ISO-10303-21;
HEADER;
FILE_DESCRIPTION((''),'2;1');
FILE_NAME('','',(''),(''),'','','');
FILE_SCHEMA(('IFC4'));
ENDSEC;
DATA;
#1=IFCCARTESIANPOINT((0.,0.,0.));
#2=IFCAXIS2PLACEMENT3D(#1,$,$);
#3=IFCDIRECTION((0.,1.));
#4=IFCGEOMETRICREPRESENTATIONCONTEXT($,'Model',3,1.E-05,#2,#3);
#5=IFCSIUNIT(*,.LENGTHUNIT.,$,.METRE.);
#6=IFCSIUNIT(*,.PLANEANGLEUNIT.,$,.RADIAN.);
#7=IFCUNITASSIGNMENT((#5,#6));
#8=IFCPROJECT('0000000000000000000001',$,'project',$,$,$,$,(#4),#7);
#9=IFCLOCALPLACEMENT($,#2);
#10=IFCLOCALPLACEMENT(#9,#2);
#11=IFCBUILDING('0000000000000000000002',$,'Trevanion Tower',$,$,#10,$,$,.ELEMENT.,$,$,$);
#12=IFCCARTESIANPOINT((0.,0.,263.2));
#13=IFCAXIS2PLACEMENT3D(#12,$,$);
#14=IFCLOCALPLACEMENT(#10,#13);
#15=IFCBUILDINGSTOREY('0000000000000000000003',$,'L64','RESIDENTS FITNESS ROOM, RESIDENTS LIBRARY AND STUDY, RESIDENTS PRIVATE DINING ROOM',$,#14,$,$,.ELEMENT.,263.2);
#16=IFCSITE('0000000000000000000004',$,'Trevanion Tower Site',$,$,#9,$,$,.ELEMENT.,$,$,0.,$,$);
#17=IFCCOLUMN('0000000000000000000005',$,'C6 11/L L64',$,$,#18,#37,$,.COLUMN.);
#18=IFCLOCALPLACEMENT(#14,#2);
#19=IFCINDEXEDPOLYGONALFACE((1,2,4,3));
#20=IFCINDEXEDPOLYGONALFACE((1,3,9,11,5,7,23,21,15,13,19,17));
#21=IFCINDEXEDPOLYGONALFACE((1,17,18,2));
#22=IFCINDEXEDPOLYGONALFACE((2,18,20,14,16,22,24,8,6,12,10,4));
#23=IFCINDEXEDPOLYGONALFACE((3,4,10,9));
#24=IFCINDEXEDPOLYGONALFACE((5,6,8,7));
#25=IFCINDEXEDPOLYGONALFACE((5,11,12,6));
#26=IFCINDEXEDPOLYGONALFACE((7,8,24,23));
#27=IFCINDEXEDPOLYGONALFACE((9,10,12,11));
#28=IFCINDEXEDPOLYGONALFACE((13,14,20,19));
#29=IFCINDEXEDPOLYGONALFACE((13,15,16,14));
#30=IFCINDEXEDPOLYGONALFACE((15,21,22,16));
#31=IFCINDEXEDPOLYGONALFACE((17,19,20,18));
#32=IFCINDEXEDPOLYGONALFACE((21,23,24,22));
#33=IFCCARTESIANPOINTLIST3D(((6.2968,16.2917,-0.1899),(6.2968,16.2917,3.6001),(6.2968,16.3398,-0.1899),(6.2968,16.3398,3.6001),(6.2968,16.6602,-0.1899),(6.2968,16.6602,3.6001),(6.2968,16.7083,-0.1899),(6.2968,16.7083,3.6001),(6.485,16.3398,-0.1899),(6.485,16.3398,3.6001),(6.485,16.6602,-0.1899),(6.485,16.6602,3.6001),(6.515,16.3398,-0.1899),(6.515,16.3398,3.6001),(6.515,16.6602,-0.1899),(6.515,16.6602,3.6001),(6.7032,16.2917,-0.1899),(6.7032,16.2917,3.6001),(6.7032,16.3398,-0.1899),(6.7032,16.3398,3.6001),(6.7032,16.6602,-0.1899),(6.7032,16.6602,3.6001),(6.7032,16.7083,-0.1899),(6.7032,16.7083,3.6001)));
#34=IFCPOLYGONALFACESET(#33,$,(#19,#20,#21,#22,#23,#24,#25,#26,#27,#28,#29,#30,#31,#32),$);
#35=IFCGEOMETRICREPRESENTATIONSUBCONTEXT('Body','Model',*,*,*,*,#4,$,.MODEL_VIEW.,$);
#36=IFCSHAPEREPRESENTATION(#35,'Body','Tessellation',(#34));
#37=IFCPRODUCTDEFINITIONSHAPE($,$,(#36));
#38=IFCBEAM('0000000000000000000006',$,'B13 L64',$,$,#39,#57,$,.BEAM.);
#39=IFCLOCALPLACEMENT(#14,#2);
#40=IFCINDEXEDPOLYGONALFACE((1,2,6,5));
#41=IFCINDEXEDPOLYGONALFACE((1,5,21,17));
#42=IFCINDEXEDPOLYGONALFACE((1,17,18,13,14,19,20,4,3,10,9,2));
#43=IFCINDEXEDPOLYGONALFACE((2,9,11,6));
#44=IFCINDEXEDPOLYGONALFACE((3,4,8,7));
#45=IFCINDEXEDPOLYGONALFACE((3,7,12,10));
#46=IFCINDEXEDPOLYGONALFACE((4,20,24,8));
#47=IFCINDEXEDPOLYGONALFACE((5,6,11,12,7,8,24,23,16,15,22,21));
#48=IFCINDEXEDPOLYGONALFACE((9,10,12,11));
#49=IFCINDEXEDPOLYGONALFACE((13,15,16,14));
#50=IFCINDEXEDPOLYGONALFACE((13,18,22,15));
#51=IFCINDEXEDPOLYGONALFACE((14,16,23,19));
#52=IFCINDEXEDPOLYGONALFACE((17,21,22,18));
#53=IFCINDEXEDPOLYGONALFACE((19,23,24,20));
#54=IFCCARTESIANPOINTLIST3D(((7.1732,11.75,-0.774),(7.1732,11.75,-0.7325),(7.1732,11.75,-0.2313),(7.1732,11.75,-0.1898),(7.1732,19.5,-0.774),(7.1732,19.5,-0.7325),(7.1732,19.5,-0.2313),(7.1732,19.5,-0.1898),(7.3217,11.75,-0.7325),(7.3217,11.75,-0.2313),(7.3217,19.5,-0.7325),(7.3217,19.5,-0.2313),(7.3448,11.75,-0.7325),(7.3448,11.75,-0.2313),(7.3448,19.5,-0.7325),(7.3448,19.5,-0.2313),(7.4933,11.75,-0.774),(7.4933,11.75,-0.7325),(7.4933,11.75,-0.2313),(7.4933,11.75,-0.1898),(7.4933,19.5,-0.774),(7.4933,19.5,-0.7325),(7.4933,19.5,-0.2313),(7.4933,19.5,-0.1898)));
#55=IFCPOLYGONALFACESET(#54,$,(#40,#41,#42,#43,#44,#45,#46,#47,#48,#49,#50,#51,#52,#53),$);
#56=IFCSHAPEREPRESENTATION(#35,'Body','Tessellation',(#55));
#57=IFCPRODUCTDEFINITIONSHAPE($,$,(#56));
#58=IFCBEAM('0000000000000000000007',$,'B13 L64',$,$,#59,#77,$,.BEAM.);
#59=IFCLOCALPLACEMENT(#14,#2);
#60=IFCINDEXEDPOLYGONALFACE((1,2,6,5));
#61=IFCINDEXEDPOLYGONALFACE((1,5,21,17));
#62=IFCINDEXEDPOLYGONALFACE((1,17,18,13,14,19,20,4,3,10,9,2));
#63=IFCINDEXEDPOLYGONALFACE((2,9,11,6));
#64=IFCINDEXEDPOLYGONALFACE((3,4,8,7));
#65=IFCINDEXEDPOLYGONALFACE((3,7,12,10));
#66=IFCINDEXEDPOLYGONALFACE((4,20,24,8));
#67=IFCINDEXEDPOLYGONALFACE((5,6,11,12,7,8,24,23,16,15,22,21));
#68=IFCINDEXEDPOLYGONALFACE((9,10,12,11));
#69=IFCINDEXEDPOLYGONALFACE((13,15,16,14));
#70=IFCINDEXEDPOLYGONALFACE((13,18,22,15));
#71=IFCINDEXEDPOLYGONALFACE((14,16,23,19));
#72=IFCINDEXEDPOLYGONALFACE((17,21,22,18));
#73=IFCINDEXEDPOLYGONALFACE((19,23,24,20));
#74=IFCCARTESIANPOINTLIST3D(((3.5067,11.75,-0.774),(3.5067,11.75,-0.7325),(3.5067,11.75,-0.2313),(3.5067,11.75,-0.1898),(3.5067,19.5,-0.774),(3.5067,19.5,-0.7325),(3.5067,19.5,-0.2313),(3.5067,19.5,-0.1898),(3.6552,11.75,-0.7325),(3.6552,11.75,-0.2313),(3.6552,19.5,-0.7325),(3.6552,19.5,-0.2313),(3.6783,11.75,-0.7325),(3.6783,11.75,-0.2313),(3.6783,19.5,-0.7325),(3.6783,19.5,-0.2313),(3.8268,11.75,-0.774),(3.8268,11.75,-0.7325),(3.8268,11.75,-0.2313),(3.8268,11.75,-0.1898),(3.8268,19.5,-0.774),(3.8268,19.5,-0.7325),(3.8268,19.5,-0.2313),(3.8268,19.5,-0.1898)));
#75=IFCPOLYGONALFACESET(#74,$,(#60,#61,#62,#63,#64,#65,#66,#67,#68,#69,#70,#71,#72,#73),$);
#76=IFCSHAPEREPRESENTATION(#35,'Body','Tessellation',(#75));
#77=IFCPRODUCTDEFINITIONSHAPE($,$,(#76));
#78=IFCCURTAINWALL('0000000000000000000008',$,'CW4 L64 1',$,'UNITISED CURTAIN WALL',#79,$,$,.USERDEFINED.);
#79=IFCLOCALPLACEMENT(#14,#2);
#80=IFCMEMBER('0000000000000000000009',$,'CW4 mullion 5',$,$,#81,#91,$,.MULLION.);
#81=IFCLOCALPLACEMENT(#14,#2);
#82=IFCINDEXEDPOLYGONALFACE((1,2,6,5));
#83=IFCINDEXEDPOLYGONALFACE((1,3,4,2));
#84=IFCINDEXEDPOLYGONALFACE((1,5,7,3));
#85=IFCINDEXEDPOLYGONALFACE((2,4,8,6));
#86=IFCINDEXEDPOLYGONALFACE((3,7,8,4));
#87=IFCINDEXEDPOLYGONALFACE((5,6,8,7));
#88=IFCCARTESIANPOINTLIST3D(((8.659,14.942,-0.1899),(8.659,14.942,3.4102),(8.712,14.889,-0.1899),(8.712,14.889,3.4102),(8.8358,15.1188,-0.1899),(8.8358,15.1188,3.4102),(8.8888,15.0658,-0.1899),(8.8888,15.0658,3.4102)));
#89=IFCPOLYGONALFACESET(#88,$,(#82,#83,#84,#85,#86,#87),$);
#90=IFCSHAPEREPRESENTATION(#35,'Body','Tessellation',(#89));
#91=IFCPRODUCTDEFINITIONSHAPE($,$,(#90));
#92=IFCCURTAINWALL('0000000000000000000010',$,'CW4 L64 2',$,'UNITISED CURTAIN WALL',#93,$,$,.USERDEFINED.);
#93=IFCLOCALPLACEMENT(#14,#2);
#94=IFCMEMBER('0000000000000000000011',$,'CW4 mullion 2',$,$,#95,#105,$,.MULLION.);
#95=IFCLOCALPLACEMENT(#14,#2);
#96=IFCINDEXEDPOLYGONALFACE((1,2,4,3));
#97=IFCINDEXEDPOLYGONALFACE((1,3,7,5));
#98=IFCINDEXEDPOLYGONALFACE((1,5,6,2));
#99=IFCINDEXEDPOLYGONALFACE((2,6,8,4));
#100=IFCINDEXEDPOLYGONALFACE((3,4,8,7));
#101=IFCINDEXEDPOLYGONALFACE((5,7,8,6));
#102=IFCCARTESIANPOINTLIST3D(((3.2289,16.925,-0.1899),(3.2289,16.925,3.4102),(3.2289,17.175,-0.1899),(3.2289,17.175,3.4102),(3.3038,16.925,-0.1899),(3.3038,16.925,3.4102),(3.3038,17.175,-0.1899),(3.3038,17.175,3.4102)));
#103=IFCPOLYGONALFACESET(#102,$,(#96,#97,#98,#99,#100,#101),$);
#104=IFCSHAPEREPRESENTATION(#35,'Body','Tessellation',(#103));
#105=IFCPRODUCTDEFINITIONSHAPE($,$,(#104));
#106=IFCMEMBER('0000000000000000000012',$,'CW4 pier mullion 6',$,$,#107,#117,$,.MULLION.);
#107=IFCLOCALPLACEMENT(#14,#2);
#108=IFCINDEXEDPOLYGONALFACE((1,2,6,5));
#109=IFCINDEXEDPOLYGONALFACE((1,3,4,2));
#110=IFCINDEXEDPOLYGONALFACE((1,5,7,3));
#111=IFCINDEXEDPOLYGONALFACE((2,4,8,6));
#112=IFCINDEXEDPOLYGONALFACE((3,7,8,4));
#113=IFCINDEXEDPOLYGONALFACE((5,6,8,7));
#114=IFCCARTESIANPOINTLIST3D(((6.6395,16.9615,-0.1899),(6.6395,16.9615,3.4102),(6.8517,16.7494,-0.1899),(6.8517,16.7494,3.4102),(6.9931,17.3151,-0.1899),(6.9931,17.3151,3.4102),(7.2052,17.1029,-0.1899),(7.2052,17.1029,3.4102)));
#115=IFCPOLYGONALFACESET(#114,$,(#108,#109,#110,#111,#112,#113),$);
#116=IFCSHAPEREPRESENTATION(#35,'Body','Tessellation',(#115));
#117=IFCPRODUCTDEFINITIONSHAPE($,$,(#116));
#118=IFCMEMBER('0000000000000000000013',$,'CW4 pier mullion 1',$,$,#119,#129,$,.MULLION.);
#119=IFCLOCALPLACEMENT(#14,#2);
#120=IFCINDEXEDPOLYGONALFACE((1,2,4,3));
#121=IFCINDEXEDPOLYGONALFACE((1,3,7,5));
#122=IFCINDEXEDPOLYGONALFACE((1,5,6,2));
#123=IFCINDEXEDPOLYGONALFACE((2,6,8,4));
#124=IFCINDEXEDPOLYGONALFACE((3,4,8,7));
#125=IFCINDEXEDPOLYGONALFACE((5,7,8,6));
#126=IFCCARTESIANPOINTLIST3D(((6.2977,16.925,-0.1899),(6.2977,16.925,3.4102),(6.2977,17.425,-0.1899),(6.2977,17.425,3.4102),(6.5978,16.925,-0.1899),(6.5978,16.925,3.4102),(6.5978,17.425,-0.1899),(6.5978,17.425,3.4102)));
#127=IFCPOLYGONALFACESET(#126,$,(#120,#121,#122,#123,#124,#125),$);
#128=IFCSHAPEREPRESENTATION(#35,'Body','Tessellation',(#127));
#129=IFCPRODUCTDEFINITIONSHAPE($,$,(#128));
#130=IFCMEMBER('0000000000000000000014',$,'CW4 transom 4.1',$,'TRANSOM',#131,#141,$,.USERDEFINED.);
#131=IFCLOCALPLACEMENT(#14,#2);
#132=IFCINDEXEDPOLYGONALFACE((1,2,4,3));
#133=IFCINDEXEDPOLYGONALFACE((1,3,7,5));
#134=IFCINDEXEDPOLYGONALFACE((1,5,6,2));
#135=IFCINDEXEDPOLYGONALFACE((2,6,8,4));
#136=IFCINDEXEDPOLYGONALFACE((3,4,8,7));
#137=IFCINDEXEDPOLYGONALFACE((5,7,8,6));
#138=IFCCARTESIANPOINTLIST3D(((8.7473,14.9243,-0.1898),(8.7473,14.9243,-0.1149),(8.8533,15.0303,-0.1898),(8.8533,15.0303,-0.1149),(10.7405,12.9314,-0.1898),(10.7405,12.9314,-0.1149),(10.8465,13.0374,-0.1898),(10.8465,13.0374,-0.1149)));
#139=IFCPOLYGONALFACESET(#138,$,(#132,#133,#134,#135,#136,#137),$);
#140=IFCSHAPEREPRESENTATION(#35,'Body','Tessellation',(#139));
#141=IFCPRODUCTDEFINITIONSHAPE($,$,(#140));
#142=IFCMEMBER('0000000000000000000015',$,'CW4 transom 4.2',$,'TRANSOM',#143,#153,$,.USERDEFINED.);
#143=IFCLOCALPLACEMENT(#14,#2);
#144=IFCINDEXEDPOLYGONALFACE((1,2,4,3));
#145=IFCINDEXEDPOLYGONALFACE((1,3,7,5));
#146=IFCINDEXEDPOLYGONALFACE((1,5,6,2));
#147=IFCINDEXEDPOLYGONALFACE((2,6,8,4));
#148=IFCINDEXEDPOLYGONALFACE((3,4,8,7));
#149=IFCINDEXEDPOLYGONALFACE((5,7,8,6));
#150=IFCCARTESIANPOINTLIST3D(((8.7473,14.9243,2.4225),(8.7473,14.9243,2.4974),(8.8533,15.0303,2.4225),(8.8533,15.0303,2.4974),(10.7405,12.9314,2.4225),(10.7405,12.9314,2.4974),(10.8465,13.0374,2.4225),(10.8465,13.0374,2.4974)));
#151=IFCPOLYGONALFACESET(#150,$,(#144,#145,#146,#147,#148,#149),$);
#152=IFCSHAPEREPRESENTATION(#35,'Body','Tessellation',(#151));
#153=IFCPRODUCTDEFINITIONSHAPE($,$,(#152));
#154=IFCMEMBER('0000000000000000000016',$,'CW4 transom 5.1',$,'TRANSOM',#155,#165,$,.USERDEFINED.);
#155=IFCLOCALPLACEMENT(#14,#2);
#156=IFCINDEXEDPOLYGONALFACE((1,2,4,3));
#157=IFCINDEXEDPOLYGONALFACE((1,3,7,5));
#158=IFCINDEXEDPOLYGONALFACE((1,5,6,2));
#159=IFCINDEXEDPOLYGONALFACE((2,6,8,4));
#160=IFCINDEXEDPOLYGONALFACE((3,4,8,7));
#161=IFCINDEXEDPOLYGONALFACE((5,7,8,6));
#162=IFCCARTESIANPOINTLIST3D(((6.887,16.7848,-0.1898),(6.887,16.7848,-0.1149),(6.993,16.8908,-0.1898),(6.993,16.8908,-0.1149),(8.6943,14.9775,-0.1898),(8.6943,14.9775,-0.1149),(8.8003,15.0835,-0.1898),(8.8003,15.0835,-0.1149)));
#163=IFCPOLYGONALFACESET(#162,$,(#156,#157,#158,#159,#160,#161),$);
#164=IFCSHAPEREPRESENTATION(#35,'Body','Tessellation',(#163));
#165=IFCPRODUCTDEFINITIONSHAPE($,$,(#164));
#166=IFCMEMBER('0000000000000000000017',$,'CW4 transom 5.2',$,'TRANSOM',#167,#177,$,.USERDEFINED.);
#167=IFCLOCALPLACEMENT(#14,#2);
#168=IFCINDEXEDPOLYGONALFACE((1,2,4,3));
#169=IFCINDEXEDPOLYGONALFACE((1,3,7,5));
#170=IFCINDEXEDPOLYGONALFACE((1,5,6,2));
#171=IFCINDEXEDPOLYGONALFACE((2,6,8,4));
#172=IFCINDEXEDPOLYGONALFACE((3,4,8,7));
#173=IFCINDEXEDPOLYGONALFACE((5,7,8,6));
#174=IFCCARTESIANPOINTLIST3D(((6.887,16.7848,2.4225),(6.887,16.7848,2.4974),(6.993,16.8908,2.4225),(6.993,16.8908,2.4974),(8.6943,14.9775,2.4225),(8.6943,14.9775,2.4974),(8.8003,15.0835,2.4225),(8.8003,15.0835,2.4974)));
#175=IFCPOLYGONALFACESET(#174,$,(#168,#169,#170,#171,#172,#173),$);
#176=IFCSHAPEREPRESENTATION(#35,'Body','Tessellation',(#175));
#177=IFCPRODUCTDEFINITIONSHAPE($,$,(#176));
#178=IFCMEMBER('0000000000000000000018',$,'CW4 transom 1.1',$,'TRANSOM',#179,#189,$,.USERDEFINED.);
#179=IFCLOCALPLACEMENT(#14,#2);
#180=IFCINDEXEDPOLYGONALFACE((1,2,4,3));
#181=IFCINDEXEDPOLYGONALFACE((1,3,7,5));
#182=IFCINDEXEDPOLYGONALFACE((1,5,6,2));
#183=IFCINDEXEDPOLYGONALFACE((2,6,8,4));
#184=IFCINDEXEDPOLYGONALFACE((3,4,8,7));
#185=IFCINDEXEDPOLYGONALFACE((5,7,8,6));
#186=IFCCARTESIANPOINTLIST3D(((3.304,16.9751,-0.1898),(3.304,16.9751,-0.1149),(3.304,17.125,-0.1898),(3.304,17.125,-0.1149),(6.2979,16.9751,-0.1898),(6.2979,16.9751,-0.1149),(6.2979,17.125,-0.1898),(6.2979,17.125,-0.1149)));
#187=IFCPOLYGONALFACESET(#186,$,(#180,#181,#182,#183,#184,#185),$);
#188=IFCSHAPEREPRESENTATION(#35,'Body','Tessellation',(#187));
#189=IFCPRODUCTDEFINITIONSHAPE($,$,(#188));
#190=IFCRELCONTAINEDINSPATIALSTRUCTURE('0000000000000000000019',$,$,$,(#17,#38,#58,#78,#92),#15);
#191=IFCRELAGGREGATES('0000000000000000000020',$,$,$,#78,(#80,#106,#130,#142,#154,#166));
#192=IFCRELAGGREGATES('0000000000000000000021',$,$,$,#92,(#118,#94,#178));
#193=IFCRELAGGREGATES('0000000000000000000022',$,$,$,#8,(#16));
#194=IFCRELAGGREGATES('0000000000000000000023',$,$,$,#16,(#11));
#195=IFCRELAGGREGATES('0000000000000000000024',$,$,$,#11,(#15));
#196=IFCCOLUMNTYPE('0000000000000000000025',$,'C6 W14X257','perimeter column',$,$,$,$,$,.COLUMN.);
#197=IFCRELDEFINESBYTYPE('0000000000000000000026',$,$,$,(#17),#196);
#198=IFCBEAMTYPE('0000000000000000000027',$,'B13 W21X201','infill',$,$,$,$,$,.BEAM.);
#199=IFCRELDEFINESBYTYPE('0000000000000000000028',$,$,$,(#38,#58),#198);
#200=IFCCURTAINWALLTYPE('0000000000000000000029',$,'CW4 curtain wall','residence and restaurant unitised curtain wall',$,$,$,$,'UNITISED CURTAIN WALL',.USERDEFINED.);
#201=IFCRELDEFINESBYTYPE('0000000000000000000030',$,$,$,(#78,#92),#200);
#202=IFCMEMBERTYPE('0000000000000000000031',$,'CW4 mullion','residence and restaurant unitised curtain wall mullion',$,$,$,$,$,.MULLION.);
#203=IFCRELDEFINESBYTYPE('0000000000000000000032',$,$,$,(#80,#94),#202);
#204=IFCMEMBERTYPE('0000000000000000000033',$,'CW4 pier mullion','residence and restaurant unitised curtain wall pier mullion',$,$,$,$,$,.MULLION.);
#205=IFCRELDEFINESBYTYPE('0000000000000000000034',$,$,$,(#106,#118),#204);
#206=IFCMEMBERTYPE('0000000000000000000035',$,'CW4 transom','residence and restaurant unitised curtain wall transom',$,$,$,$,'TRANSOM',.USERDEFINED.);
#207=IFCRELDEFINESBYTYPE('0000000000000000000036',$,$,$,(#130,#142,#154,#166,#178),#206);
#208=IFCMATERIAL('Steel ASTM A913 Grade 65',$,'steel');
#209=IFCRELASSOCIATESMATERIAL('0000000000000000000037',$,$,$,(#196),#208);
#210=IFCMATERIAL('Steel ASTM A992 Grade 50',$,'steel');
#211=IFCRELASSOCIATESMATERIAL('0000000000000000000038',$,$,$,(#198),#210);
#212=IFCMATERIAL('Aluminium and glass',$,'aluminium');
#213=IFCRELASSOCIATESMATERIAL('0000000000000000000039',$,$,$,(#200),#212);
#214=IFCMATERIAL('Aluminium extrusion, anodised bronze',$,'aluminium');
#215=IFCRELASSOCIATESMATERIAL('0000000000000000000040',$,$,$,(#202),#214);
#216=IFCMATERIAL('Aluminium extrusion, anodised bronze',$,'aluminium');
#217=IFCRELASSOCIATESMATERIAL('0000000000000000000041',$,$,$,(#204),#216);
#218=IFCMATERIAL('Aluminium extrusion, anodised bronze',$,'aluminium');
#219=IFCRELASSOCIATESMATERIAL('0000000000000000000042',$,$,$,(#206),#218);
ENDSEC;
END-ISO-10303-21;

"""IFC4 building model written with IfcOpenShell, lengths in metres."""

from ifc_helpers import new_model, si_unit, direction, frame, origin, origin_2d, place, context, subcontext, project, spatial, rectangle, i_section, extrude, material, material_profile, profile_set, type_object, element, aggregate, save


model = new_model("IFC4")

# Units and contexts
model_context = context("Model", 3, precision=1e-05, world=origin(), true_north=direction((0.0, 1.0)))
body_context = subcontext(model_context, "Body", "Model", "MODEL_VIEW")
ifc_project = project(units=[si_unit("LENGTHUNIT", "METRE"), si_unit("PLANEANGLEUNIT", "RADIAN")], contexts=[model_context])

# Site, building, storey
site_placement = place(None, origin())
site = spatial("IfcSite", under=ifc_project, at=site_placement, Name="Trevanion Tower Site", CompositionType="ELEMENT", RefElevation=0.0)
building_placement = place(site_placement, origin())
building = spatial("IfcBuilding", under=site, at=building_placement, Name="Trevanion Tower", CompositionType="ELEMENT")
storey_placement = place(building_placement, frame((0.0, 0.0, 263.2)))
storey = spatial("IfcBuildingStorey", under=building, at=storey_placement, Name="L64", Description="RESIDENTS FITNESS ROOM, RESIDENTS LIBRARY AND STUDY, RESIDENTS PRIVATE DINING ROOM", CompositionType="ELEMENT", Elevation=263.2)

# Column
ifc_material_1 = material(Name="Steel ASTM A913 Grade 65", Category="steel")
ifc_material_profile_1 = material_profile(ifc_material_1, i_section(OverallWidth=0.4065, OverallDepth=0.4165, WebThickness=0.03, FlangeThickness=0.0481, at=origin_2d()), Name="W14X257")
ifc_profile_set_1 = profile_set([ifc_material_profile_1], Name="Steel ASTM A913 Grade 65")
column_type = type_object("IfcColumnType", Name="C6 W14X257", Description="perimeter column", PredefinedType="COLUMN", material=ifc_profile_set_1)
column_placement = place(storey_placement, frame((6.5, 16.5, -0.1899), z_axis=(0.0, 0.0, 1.0), x_axis=(1.0, 0.0, 0.0)))
element("IfcColumn", 1, at=column_placement, inside=storey, type_object=column_type, Name="C6 11/L L64", PredefinedType="COLUMN", context=body_context, shape_type="SweptSolid", body=[
    extrude(i_section(OverallWidth=0.4065, OverallDepth=0.4165, WebThickness=0.03, FlangeThickness=0.0481, at=origin_2d()), origin(), (0.0, 0.0, 1.0), 3.79),
])

# Beams
ifc_material_2 = material(Name="Steel ASTM A992 Grade 50", Category="steel")
ifc_material_profile_2 = material_profile(ifc_material_2, i_section(OverallWidth=0.3201, OverallDepth=0.5842, WebThickness=0.0232, FlangeThickness=0.0415, at=origin_2d()), Name="W21X201")
ifc_profile_set_2 = profile_set([ifc_material_profile_2], Name="Steel ASTM A992 Grade 50")
beam_type = type_object("IfcBeamType", Name="B13 W21X201", Description="infill", PredefinedType="BEAM", material=ifc_profile_set_2)
for number, where, z_axis, x_axis, name in (
    (2, (7.3333, 11.75, -0.4819), (0.0, 1.0, 0.0), (-1.0, 0.0, 0.0), "B13 L64"),
    (3, (3.6667, 11.75, -0.4819), (0.0, 1.0, 0.0), (-1.0, 0.0, 0.0), "B13 L64"),
):
    element("IfcBeam", number, at=place(storey_placement, frame(where, z_axis=z_axis, x_axis=x_axis)), inside=storey, type_object=beam_type, Name=name, PredefinedType="BEAM", context=body_context, shape_type="SweptSolid", body=[
        extrude(i_section(OverallWidth=0.3201, OverallDepth=0.5842, WebThickness=0.0232, FlangeThickness=0.0415, at=origin_2d()), origin(), (0.0, 0.0, 1.0), 7.75),
    ])

# Curtain walls, members
ifc_material_3 = material(Name="Aluminium and glass", Category="aluminium")
curtain_wall_type = type_object("IfcCurtainWallType", Name="CW4 curtain wall", Description="residence and restaurant unitised curtain wall", ElementType="UNITISED CURTAIN WALL", PredefinedType="USERDEFINED", material=ifc_material_3)
curtain_wall_1_placement = place(storey_placement, origin())
curtain_wall_1 = element("IfcCurtainWall", 4, at=curtain_wall_1_placement, inside=storey, type_object=curtain_wall_type, Name="CW4 L64 1", ObjectType="UNITISED CURTAIN WALL", PredefinedType="USERDEFINED")
ifc_material_4 = material(Name="Aluminium extrusion, anodised bronze", Category="aluminium")
ifc_material_profile_3 = material_profile(ifc_material_4, rectangle(XDim=0.075, YDim=0.25, at=origin_2d()), Name="CW4 mullion")
ifc_profile_set_3 = profile_set([ifc_material_profile_3], Name="Aluminium extrusion, anodised bronze")
member_type_1 = type_object("IfcMemberType", Name="CW4 mullion", Description="residence and restaurant unitised curtain wall mullion", PredefinedType="MULLION", material=ifc_profile_set_3)
member_1_placement = place(storey_placement, frame((8.7739, 15.0039, -0.1899), z_axis=(0.0, 0.0, 1.0), x_axis=(-0.707107, 0.707107, 0.0)))
member_1 = element("IfcMember", 5, at=member_1_placement, type_object=member_type_1, Name="CW4 mullion 5", PredefinedType="MULLION", context=body_context, shape_type="SweptSolid", body=[
    extrude(rectangle(XDim=0.075, YDim=0.25, at=origin_2d()), origin(), (0.0, 0.0, 1.0), 3.6001),
])
curtain_wall_2_placement = place(storey_placement, origin())
curtain_wall_2 = element("IfcCurtainWall", 6, at=curtain_wall_2_placement, inside=storey, type_object=curtain_wall_type, Name="CW4 L64 2", ObjectType="UNITISED CURTAIN WALL", PredefinedType="USERDEFINED")
member_2_placement = place(storey_placement, frame((3.2664, 17.05, -0.1899), z_axis=(0.0, 0.0, 1.0), x_axis=(-1.0, 0.0, 0.0)))
member_2 = element("IfcMember", 7, at=member_2_placement, type_object=member_type_1, Name="CW4 mullion 2", PredefinedType="MULLION", context=body_context, shape_type="SweptSolid", body=[
    extrude(rectangle(XDim=0.075, YDim=0.25, at=origin_2d()), origin(), (0.0, 0.0, 1.0), 3.6001),
])

# Members
ifc_material_5 = material(Name="Aluminium extrusion, anodised bronze", Category="aluminium")
ifc_material_profile_4 = material_profile(ifc_material_5, rectangle(XDim=0.3, YDim=0.5, at=origin_2d()), Name="CW4 pier mullion")
ifc_profile_set_4 = profile_set([ifc_material_profile_4], Name="Aluminium extrusion, anodised bronze")
member_type_2 = type_object("IfcMemberType", Name="CW4 pier mullion", Description="residence and restaurant unitised curtain wall pier mullion", PredefinedType="MULLION", material=ifc_profile_set_4)
member_3_placement = place(storey_placement, frame((6.9224, 17.0322, -0.1899), z_axis=(0.0, 0.0, 1.0), x_axis=(-0.707107, 0.707107, 0.0)))
member_3 = element("IfcMember", 8, at=member_3_placement, type_object=member_type_2, Name="CW4 pier mullion 6", PredefinedType="MULLION", context=body_context, shape_type="SweptSolid", body=[
    extrude(rectangle(XDim=0.3, YDim=0.5, at=origin_2d()), origin(), (0.0, 0.0, 1.0), 3.6001),
])
member_4_placement = place(storey_placement, frame((6.4478, 17.175, -0.1899), z_axis=(0.0, 0.0, 1.0), x_axis=(-1.0, 0.0, 0.0)))
member_4 = element("IfcMember", 9, at=member_4_placement, type_object=member_type_2, Name="CW4 pier mullion 1", PredefinedType="MULLION", context=body_context, shape_type="SweptSolid", body=[
    extrude(rectangle(XDim=0.3, YDim=0.5, at=origin_2d()), origin(), (0.0, 0.0, 1.0), 3.6001),
])
ifc_material_6 = material(Name="Aluminium extrusion, anodised bronze", Category="aluminium")
ifc_material_profile_5 = material_profile(ifc_material_6, rectangle(XDim=0.1499, YDim=0.075, at=origin_2d()), Name="CW4 transom")
ifc_profile_set_5 = profile_set([ifc_material_profile_5], Name="Aluminium extrusion, anodised bronze")
member_type_3 = type_object("IfcMemberType", Name="CW4 transom", Description="residence and restaurant unitised curtain wall transom", ElementType="TRANSOM", PredefinedType="USERDEFINED", material=ifc_profile_set_5)
member_5_placement = place(storey_placement, frame((10.7935, 12.9844, -0.1523), z_axis=(-0.70715, 0.707063, 0.0), x_axis=(-0.707063, -0.70715, 0.0)))
member_5 = element("IfcMember", 10, at=member_5_placement, type_object=member_type_3, Name="CW4 transom 4.1", ObjectType="TRANSOM", PredefinedType="USERDEFINED", context=body_context, shape_type="SweptSolid", body=[
    extrude(rectangle(XDim=0.1499, YDim=0.075, at=origin_2d()), origin(), (0.0, 0.0, 1.0), 2.8186),
])
member_6_placement = place(storey_placement, frame((10.7935, 12.9844, 2.46), z_axis=(-0.70715, 0.707063, 0.0), x_axis=(-0.707063, -0.70715, 0.0)))
member_6 = element("IfcMember", 11, at=member_6_placement, type_object=member_type_3, Name="CW4 transom 4.2", ObjectType="TRANSOM", PredefinedType="USERDEFINED", context=body_context, shape_type="SweptSolid", body=[
    extrude(rectangle(XDim=0.1499, YDim=0.075, at=origin_2d()), origin(), (0.0, 0.0, 1.0), 2.8186),
])
member_7_placement = place(storey_placement, frame((8.7473, 15.0305, -0.1523), z_axis=(-0.707107, 0.707107, 0.0), x_axis=(-0.707107, -0.707107, 0.0)))
member_7 = element("IfcMember", 12, at=member_7_placement, type_object=member_type_3, Name="CW4 transom 5.1", ObjectType="TRANSOM", PredefinedType="USERDEFINED", context=body_context, shape_type="SweptSolid", body=[
    extrude(rectangle(XDim=0.1499, YDim=0.075, at=origin_2d()), origin(), (0.0, 0.0, 1.0), 2.5559),
])
member_8_placement = place(storey_placement, frame((8.7473, 15.0305, 2.46), z_axis=(-0.707107, 0.707107, 0.0), x_axis=(-0.707107, -0.707107, 0.0)))
member_8 = element("IfcMember", 13, at=member_8_placement, type_object=member_type_3, Name="CW4 transom 5.2", ObjectType="TRANSOM", PredefinedType="USERDEFINED", context=body_context, shape_type="SweptSolid", body=[
    extrude(rectangle(XDim=0.1499, YDim=0.075, at=origin_2d()), origin(), (0.0, 0.0, 1.0), 2.5559),
])
member_9_placement = place(storey_placement, frame((6.2979, 17.05, -0.1523), z_axis=(-1.0, 0.0, 0.0), x_axis=(0.0, -1.0, 0.0)))
member_9 = element("IfcMember", 14, at=member_9_placement, type_object=member_type_3, Name="CW4 transom 1.1", ObjectType="TRANSOM", PredefinedType="USERDEFINED", context=body_context, shape_type="SweptSolid", body=[
    extrude(rectangle(XDim=0.1499, YDim=0.075, at=origin_2d()), origin(), (0.0, 0.0, 1.0), 2.9939),
])

aggregate(curtain_wall_1, [member_1, member_3, member_5, member_6, member_7, member_8])
aggregate(curtain_wall_2, [member_4, member_2, member_9])

save(model, "model.ifc")
